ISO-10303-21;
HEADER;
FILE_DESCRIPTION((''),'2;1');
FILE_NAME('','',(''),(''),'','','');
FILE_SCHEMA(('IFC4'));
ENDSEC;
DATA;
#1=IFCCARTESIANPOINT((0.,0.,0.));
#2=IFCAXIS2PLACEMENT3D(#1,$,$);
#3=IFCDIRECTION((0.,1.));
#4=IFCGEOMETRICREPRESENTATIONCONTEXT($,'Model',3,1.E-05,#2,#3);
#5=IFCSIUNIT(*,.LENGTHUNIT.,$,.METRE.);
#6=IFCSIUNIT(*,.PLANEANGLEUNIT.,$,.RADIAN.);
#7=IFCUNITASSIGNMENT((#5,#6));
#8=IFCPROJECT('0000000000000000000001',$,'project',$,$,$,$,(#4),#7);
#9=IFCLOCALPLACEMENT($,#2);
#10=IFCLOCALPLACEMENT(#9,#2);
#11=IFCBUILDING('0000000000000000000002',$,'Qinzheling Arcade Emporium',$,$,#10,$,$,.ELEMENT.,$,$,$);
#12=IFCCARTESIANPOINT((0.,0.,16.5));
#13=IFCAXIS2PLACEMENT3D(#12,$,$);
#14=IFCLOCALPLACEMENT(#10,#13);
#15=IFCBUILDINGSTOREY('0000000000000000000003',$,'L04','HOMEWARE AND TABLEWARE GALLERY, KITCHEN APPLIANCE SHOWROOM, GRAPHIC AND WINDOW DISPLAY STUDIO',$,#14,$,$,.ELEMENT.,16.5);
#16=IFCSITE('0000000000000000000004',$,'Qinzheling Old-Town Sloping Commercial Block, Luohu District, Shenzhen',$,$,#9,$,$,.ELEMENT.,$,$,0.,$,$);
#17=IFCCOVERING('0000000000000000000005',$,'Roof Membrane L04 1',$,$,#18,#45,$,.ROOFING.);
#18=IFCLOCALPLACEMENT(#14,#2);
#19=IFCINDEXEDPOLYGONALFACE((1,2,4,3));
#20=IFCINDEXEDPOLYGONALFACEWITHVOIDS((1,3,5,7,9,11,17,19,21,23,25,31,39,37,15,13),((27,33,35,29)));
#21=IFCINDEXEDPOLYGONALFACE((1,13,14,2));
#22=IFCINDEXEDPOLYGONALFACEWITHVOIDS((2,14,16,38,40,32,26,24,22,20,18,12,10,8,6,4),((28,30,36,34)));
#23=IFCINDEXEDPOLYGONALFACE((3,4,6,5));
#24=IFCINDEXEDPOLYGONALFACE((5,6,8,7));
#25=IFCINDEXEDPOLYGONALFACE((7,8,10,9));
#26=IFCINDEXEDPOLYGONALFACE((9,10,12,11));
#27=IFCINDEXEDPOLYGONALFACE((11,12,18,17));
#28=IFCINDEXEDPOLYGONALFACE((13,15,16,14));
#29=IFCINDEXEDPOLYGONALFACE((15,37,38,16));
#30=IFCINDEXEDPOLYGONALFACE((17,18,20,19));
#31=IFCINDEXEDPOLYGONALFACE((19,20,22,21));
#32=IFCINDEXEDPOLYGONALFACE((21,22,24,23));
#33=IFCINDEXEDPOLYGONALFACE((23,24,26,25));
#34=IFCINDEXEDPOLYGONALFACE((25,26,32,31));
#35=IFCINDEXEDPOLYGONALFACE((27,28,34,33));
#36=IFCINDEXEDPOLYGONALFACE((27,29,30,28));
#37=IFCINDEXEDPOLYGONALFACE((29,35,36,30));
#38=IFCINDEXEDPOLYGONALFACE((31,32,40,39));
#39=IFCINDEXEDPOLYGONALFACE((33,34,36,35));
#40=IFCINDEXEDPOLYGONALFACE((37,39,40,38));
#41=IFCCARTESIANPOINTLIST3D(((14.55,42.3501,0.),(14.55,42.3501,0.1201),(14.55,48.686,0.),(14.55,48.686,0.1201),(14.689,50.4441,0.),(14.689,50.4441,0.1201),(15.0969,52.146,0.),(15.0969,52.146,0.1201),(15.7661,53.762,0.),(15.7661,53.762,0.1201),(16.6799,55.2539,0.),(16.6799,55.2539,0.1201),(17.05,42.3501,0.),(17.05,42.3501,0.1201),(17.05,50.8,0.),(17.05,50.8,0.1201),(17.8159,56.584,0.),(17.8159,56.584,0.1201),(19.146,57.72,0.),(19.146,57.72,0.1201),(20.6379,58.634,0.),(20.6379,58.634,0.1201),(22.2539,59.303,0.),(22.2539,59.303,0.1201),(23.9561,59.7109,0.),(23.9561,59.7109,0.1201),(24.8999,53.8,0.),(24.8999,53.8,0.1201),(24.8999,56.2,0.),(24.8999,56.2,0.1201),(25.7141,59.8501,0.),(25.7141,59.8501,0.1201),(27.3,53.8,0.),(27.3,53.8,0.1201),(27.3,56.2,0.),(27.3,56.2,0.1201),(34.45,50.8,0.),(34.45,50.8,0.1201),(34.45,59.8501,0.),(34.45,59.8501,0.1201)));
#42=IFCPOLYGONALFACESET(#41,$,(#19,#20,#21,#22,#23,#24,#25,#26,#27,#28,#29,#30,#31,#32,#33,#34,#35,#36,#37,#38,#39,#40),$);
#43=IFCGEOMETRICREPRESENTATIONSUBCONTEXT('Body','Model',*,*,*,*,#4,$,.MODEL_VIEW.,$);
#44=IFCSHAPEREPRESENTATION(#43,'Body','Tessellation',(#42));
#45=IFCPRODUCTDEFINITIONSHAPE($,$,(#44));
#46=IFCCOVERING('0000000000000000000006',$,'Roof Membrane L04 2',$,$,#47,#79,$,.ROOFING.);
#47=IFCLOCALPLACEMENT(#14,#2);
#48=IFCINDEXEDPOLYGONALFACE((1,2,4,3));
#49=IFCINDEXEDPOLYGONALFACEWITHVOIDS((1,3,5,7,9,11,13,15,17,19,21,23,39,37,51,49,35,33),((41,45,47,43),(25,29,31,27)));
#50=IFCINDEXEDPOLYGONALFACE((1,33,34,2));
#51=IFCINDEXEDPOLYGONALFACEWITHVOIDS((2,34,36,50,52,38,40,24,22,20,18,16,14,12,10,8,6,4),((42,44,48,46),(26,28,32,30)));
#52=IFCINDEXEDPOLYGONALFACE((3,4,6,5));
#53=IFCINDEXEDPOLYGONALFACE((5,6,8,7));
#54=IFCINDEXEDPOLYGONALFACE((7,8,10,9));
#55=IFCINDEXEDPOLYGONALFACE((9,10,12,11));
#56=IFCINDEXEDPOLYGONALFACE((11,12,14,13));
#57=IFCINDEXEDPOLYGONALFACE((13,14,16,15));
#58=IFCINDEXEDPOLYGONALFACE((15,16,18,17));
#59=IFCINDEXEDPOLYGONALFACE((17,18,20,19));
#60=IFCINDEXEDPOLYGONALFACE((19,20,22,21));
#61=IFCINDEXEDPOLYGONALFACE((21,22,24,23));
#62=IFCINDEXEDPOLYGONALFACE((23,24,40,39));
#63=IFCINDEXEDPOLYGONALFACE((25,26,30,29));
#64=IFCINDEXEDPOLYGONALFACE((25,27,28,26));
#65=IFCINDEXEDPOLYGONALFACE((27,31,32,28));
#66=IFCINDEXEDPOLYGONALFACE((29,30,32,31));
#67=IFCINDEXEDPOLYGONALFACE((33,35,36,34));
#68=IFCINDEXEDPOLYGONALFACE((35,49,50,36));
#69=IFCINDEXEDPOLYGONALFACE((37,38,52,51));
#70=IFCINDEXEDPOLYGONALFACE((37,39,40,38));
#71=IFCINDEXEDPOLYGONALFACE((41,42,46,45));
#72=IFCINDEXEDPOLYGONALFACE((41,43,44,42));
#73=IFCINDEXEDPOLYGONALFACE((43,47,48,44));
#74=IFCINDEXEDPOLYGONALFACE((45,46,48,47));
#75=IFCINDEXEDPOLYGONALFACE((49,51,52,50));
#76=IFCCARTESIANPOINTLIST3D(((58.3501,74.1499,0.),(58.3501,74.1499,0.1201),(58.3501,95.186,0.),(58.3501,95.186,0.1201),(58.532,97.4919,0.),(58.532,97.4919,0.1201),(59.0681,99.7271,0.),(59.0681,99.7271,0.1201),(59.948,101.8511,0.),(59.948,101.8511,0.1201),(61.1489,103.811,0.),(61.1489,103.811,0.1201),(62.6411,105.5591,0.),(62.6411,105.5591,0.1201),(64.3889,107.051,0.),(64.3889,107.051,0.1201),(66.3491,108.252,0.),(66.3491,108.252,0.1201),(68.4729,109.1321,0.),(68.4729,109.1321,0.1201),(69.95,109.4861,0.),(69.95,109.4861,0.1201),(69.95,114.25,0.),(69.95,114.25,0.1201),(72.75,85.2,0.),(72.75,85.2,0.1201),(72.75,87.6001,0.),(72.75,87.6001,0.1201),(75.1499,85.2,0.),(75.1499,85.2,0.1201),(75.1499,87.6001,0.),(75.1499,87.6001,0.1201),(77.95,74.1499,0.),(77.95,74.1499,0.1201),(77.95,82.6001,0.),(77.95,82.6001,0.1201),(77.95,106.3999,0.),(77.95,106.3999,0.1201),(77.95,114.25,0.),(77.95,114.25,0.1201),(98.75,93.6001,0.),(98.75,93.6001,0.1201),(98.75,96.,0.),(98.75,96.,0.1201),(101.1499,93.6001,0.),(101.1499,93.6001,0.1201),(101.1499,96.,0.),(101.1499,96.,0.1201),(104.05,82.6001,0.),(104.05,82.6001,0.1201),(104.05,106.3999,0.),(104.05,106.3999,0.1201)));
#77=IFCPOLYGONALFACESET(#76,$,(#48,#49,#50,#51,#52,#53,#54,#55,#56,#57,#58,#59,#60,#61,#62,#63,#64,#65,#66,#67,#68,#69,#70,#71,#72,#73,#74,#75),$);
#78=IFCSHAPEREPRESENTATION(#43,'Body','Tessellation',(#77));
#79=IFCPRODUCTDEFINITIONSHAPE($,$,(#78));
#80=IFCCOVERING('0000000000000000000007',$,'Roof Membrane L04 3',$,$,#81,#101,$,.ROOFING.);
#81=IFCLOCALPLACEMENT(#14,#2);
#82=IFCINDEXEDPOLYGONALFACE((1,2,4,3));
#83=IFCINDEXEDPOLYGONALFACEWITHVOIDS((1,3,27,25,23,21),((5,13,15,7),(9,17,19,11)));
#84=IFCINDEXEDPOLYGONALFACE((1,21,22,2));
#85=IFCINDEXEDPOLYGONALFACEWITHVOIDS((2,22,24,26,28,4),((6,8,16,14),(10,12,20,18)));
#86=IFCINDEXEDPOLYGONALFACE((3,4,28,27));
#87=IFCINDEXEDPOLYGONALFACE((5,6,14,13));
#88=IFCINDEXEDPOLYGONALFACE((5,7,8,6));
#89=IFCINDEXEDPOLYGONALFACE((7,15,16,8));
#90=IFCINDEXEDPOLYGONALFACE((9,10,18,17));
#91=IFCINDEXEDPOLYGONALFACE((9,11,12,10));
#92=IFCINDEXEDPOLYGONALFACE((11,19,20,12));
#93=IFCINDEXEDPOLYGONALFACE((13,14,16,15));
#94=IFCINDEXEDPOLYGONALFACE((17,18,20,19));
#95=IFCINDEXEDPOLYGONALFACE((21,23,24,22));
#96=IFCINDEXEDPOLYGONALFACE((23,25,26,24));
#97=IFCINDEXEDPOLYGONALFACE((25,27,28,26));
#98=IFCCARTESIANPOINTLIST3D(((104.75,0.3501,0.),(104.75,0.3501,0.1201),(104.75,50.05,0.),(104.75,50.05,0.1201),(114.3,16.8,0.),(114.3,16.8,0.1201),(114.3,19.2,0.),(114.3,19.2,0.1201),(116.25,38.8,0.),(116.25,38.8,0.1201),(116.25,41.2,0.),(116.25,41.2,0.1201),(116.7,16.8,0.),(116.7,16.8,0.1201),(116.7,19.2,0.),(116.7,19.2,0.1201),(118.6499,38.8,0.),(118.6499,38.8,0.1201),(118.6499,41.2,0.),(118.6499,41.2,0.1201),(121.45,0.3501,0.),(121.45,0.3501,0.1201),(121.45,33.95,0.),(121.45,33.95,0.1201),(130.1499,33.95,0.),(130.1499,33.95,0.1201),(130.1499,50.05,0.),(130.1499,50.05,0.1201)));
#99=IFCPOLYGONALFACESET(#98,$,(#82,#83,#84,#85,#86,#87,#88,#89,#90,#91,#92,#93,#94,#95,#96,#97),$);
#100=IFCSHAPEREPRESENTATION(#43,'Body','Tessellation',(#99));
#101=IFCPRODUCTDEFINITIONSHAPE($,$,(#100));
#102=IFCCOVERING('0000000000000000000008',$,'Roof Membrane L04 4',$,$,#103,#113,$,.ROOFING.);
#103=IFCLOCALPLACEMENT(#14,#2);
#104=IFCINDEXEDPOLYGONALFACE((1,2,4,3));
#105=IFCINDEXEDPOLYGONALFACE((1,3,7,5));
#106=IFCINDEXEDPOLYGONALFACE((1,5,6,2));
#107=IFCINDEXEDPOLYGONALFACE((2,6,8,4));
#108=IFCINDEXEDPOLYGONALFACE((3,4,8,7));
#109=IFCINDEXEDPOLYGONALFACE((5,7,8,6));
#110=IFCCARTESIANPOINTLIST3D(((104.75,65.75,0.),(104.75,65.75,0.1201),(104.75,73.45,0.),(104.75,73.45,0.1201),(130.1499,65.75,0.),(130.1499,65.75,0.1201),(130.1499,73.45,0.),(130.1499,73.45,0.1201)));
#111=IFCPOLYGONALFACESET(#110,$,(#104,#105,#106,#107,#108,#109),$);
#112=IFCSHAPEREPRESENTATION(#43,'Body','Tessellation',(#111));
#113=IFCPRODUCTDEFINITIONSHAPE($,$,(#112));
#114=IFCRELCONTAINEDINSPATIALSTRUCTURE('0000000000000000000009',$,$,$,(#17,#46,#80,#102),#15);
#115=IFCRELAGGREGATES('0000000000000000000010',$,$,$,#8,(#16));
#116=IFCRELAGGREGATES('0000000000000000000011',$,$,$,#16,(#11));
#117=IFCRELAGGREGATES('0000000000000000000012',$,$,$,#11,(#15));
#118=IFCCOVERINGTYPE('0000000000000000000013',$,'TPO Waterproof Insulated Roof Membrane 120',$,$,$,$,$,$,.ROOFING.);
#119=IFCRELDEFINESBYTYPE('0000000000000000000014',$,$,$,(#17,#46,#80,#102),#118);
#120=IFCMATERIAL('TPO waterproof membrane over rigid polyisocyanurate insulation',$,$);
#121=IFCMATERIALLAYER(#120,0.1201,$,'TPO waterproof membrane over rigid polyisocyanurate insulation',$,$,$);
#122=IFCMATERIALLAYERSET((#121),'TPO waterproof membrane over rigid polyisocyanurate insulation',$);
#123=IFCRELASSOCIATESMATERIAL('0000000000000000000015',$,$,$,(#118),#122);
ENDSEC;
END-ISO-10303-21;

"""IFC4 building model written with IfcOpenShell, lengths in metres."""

from ifc_helpers import new_model, si_unit, direction, frame, origin, place, context, subcontext, project, spatial, polyline, outline, extrude, material, layer, layer_set, type_object, element, save


model = new_model("IFC4")

# Units and contexts
model_context = context("Model", 3, precision=1e-05, world=origin(), true_north=direction((0.0, 1.0)))
body_context = subcontext(model_context, "Body", "Model", "MODEL_VIEW")
ifc_project = project(units=[si_unit("LENGTHUNIT", "METRE"), si_unit("PLANEANGLEUNIT", "RADIAN")], contexts=[model_context])

# Site, building, storey
site_placement = place(None, origin())
site = spatial("IfcSite", under=ifc_project, at=site_placement, Name="Qinzheling Old-Town Sloping Commercial Block, Luohu District, Shenzhen", CompositionType="ELEMENT", RefElevation=0.0)
building_placement = place(site_placement, origin())
building = spatial("IfcBuilding", under=site, at=building_placement, Name="Qinzheling Arcade Emporium", CompositionType="ELEMENT")
storey_placement = place(building_placement, frame((0.0, 0.0, 16.5)))
storey = spatial("IfcBuildingStorey", under=building, at=storey_placement, Name="L04", Description="HOMEWARE AND TABLEWARE GALLERY, KITCHEN APPLIANCE SHOWROOM, GRAPHIC AND WINDOW DISPLAY STUDIO", CompositionType="ELEMENT", Elevation=16.5)

# Coverings
ifc_material_1 = material(Name="TPO waterproof membrane over rigid polyisocyanurate insulation")
ifc_layer_1 = layer(ifc_material_1, 0.1201, Name="TPO waterproof membrane over rigid polyisocyanurate insulation")
ifc_layer_set_1 = layer_set([ifc_layer_1], Name="TPO waterproof membrane over rigid polyisocyanurate insulation")
covering_type_1 = type_object("IfcCoveringType", Name="TPO Waterproof Insulated Roof Membrane 120", PredefinedType="ROOFING", material=ifc_layer_set_1)
covering_1_placement = place(storey_placement, origin())
element("IfcCovering", 1, at=covering_1_placement, inside=storey, type_object=covering_type_1, Name="Roof Membrane L04 1", PredefinedType="ROOFING", context=body_context, shape_type="SweptSolid", body=[
    extrude(outline(polyline([(14.55, 42.3501), (14.55, 48.686), (14.689, 50.4441), (15.0969, 52.146), (15.7661, 53.762), (16.6799, 55.2539), (17.8159, 56.584), (19.146, 57.72), (20.6379, 58.634), (22.2539, 59.303), (23.9561, 59.7109), (25.7141, 59.8501), (34.45, 59.8501), (34.45, 50.8), (17.05, 50.8), (17.05, 42.3501), (14.55, 42.3501)]), holes=[polyline([(27.3, 56.2), (24.8999, 56.2), (24.8999, 53.8), (27.3, 53.8), (27.3, 56.2)])]), origin(), (0.0, 0.0, 1.0), 0.1201),
])
covering_2_placement = place(storey_placement, origin())
element("IfcCovering", 2, at=covering_2_placement, inside=storey, type_object=covering_type_1, Name="Roof Membrane L04 2", PredefinedType="ROOFING", context=body_context, shape_type="SweptSolid", body=[
    extrude(outline(polyline([(58.3501, 95.186), (58.532, 97.4919), (59.0681, 99.7271), (59.948, 101.8511), (61.1489, 103.811), (62.6411, 105.5591), (64.3889, 107.051), (66.3491, 108.252), (68.4729, 109.1321), (69.95, 109.4861), (69.95, 114.25), (77.95, 114.25), (77.95, 106.3999), (104.05, 106.3999), (104.05, 82.6001), (77.95, 82.6001), (77.95, 74.1499), (58.3501, 74.1499), (58.3501, 95.186)]), holes=[polyline([(101.1499, 96.0), (98.75, 96.0), (98.75, 93.6001), (101.1499, 93.6001), (101.1499, 96.0)]), polyline([(72.75, 87.6001), (72.75, 85.2), (75.1499, 85.2), (75.1499, 87.6001), (72.75, 87.6001)])]), origin(), (0.0, 0.0, 1.0), 0.1201),
])
covering_3_placement = place(storey_placement, origin())
element("IfcCovering", 3, at=covering_3_placement, inside=storey, type_object=covering_type_1, Name="Roof Membrane L04 3", PredefinedType="ROOFING", context=body_context, shape_type="SweptSolid", body=[
    extrude(outline(polyline([(104.75, 0.3501), (104.75, 50.05), (130.1499, 50.05), (130.1499, 33.95), (121.45, 33.95), (121.45, 0.3501), (104.75, 0.3501)]), holes=[polyline([(118.6499, 41.2), (116.25, 41.2), (116.25, 38.8), (118.6499, 38.8), (118.6499, 41.2)]), polyline([(114.3, 19.2), (114.3, 16.8), (116.7, 16.8), (116.7, 19.2), (114.3, 19.2)])]), origin(), (0.0, 0.0, 1.0), 0.1201),
])
covering_4_placement = place(storey_placement, origin())
element("IfcCovering", 4, at=covering_4_placement, inside=storey, type_object=covering_type_1, Name="Roof Membrane L04 4", PredefinedType="ROOFING", context=body_context, shape_type="SweptSolid", body=[
    extrude(outline(polyline([(130.1499, 65.75), (104.75, 65.75), (104.75, 73.45), (130.1499, 73.45), (130.1499, 65.75)])), origin(), (0.0, 0.0, 1.0), 0.1201),
])

save(model, "model.ifc")
